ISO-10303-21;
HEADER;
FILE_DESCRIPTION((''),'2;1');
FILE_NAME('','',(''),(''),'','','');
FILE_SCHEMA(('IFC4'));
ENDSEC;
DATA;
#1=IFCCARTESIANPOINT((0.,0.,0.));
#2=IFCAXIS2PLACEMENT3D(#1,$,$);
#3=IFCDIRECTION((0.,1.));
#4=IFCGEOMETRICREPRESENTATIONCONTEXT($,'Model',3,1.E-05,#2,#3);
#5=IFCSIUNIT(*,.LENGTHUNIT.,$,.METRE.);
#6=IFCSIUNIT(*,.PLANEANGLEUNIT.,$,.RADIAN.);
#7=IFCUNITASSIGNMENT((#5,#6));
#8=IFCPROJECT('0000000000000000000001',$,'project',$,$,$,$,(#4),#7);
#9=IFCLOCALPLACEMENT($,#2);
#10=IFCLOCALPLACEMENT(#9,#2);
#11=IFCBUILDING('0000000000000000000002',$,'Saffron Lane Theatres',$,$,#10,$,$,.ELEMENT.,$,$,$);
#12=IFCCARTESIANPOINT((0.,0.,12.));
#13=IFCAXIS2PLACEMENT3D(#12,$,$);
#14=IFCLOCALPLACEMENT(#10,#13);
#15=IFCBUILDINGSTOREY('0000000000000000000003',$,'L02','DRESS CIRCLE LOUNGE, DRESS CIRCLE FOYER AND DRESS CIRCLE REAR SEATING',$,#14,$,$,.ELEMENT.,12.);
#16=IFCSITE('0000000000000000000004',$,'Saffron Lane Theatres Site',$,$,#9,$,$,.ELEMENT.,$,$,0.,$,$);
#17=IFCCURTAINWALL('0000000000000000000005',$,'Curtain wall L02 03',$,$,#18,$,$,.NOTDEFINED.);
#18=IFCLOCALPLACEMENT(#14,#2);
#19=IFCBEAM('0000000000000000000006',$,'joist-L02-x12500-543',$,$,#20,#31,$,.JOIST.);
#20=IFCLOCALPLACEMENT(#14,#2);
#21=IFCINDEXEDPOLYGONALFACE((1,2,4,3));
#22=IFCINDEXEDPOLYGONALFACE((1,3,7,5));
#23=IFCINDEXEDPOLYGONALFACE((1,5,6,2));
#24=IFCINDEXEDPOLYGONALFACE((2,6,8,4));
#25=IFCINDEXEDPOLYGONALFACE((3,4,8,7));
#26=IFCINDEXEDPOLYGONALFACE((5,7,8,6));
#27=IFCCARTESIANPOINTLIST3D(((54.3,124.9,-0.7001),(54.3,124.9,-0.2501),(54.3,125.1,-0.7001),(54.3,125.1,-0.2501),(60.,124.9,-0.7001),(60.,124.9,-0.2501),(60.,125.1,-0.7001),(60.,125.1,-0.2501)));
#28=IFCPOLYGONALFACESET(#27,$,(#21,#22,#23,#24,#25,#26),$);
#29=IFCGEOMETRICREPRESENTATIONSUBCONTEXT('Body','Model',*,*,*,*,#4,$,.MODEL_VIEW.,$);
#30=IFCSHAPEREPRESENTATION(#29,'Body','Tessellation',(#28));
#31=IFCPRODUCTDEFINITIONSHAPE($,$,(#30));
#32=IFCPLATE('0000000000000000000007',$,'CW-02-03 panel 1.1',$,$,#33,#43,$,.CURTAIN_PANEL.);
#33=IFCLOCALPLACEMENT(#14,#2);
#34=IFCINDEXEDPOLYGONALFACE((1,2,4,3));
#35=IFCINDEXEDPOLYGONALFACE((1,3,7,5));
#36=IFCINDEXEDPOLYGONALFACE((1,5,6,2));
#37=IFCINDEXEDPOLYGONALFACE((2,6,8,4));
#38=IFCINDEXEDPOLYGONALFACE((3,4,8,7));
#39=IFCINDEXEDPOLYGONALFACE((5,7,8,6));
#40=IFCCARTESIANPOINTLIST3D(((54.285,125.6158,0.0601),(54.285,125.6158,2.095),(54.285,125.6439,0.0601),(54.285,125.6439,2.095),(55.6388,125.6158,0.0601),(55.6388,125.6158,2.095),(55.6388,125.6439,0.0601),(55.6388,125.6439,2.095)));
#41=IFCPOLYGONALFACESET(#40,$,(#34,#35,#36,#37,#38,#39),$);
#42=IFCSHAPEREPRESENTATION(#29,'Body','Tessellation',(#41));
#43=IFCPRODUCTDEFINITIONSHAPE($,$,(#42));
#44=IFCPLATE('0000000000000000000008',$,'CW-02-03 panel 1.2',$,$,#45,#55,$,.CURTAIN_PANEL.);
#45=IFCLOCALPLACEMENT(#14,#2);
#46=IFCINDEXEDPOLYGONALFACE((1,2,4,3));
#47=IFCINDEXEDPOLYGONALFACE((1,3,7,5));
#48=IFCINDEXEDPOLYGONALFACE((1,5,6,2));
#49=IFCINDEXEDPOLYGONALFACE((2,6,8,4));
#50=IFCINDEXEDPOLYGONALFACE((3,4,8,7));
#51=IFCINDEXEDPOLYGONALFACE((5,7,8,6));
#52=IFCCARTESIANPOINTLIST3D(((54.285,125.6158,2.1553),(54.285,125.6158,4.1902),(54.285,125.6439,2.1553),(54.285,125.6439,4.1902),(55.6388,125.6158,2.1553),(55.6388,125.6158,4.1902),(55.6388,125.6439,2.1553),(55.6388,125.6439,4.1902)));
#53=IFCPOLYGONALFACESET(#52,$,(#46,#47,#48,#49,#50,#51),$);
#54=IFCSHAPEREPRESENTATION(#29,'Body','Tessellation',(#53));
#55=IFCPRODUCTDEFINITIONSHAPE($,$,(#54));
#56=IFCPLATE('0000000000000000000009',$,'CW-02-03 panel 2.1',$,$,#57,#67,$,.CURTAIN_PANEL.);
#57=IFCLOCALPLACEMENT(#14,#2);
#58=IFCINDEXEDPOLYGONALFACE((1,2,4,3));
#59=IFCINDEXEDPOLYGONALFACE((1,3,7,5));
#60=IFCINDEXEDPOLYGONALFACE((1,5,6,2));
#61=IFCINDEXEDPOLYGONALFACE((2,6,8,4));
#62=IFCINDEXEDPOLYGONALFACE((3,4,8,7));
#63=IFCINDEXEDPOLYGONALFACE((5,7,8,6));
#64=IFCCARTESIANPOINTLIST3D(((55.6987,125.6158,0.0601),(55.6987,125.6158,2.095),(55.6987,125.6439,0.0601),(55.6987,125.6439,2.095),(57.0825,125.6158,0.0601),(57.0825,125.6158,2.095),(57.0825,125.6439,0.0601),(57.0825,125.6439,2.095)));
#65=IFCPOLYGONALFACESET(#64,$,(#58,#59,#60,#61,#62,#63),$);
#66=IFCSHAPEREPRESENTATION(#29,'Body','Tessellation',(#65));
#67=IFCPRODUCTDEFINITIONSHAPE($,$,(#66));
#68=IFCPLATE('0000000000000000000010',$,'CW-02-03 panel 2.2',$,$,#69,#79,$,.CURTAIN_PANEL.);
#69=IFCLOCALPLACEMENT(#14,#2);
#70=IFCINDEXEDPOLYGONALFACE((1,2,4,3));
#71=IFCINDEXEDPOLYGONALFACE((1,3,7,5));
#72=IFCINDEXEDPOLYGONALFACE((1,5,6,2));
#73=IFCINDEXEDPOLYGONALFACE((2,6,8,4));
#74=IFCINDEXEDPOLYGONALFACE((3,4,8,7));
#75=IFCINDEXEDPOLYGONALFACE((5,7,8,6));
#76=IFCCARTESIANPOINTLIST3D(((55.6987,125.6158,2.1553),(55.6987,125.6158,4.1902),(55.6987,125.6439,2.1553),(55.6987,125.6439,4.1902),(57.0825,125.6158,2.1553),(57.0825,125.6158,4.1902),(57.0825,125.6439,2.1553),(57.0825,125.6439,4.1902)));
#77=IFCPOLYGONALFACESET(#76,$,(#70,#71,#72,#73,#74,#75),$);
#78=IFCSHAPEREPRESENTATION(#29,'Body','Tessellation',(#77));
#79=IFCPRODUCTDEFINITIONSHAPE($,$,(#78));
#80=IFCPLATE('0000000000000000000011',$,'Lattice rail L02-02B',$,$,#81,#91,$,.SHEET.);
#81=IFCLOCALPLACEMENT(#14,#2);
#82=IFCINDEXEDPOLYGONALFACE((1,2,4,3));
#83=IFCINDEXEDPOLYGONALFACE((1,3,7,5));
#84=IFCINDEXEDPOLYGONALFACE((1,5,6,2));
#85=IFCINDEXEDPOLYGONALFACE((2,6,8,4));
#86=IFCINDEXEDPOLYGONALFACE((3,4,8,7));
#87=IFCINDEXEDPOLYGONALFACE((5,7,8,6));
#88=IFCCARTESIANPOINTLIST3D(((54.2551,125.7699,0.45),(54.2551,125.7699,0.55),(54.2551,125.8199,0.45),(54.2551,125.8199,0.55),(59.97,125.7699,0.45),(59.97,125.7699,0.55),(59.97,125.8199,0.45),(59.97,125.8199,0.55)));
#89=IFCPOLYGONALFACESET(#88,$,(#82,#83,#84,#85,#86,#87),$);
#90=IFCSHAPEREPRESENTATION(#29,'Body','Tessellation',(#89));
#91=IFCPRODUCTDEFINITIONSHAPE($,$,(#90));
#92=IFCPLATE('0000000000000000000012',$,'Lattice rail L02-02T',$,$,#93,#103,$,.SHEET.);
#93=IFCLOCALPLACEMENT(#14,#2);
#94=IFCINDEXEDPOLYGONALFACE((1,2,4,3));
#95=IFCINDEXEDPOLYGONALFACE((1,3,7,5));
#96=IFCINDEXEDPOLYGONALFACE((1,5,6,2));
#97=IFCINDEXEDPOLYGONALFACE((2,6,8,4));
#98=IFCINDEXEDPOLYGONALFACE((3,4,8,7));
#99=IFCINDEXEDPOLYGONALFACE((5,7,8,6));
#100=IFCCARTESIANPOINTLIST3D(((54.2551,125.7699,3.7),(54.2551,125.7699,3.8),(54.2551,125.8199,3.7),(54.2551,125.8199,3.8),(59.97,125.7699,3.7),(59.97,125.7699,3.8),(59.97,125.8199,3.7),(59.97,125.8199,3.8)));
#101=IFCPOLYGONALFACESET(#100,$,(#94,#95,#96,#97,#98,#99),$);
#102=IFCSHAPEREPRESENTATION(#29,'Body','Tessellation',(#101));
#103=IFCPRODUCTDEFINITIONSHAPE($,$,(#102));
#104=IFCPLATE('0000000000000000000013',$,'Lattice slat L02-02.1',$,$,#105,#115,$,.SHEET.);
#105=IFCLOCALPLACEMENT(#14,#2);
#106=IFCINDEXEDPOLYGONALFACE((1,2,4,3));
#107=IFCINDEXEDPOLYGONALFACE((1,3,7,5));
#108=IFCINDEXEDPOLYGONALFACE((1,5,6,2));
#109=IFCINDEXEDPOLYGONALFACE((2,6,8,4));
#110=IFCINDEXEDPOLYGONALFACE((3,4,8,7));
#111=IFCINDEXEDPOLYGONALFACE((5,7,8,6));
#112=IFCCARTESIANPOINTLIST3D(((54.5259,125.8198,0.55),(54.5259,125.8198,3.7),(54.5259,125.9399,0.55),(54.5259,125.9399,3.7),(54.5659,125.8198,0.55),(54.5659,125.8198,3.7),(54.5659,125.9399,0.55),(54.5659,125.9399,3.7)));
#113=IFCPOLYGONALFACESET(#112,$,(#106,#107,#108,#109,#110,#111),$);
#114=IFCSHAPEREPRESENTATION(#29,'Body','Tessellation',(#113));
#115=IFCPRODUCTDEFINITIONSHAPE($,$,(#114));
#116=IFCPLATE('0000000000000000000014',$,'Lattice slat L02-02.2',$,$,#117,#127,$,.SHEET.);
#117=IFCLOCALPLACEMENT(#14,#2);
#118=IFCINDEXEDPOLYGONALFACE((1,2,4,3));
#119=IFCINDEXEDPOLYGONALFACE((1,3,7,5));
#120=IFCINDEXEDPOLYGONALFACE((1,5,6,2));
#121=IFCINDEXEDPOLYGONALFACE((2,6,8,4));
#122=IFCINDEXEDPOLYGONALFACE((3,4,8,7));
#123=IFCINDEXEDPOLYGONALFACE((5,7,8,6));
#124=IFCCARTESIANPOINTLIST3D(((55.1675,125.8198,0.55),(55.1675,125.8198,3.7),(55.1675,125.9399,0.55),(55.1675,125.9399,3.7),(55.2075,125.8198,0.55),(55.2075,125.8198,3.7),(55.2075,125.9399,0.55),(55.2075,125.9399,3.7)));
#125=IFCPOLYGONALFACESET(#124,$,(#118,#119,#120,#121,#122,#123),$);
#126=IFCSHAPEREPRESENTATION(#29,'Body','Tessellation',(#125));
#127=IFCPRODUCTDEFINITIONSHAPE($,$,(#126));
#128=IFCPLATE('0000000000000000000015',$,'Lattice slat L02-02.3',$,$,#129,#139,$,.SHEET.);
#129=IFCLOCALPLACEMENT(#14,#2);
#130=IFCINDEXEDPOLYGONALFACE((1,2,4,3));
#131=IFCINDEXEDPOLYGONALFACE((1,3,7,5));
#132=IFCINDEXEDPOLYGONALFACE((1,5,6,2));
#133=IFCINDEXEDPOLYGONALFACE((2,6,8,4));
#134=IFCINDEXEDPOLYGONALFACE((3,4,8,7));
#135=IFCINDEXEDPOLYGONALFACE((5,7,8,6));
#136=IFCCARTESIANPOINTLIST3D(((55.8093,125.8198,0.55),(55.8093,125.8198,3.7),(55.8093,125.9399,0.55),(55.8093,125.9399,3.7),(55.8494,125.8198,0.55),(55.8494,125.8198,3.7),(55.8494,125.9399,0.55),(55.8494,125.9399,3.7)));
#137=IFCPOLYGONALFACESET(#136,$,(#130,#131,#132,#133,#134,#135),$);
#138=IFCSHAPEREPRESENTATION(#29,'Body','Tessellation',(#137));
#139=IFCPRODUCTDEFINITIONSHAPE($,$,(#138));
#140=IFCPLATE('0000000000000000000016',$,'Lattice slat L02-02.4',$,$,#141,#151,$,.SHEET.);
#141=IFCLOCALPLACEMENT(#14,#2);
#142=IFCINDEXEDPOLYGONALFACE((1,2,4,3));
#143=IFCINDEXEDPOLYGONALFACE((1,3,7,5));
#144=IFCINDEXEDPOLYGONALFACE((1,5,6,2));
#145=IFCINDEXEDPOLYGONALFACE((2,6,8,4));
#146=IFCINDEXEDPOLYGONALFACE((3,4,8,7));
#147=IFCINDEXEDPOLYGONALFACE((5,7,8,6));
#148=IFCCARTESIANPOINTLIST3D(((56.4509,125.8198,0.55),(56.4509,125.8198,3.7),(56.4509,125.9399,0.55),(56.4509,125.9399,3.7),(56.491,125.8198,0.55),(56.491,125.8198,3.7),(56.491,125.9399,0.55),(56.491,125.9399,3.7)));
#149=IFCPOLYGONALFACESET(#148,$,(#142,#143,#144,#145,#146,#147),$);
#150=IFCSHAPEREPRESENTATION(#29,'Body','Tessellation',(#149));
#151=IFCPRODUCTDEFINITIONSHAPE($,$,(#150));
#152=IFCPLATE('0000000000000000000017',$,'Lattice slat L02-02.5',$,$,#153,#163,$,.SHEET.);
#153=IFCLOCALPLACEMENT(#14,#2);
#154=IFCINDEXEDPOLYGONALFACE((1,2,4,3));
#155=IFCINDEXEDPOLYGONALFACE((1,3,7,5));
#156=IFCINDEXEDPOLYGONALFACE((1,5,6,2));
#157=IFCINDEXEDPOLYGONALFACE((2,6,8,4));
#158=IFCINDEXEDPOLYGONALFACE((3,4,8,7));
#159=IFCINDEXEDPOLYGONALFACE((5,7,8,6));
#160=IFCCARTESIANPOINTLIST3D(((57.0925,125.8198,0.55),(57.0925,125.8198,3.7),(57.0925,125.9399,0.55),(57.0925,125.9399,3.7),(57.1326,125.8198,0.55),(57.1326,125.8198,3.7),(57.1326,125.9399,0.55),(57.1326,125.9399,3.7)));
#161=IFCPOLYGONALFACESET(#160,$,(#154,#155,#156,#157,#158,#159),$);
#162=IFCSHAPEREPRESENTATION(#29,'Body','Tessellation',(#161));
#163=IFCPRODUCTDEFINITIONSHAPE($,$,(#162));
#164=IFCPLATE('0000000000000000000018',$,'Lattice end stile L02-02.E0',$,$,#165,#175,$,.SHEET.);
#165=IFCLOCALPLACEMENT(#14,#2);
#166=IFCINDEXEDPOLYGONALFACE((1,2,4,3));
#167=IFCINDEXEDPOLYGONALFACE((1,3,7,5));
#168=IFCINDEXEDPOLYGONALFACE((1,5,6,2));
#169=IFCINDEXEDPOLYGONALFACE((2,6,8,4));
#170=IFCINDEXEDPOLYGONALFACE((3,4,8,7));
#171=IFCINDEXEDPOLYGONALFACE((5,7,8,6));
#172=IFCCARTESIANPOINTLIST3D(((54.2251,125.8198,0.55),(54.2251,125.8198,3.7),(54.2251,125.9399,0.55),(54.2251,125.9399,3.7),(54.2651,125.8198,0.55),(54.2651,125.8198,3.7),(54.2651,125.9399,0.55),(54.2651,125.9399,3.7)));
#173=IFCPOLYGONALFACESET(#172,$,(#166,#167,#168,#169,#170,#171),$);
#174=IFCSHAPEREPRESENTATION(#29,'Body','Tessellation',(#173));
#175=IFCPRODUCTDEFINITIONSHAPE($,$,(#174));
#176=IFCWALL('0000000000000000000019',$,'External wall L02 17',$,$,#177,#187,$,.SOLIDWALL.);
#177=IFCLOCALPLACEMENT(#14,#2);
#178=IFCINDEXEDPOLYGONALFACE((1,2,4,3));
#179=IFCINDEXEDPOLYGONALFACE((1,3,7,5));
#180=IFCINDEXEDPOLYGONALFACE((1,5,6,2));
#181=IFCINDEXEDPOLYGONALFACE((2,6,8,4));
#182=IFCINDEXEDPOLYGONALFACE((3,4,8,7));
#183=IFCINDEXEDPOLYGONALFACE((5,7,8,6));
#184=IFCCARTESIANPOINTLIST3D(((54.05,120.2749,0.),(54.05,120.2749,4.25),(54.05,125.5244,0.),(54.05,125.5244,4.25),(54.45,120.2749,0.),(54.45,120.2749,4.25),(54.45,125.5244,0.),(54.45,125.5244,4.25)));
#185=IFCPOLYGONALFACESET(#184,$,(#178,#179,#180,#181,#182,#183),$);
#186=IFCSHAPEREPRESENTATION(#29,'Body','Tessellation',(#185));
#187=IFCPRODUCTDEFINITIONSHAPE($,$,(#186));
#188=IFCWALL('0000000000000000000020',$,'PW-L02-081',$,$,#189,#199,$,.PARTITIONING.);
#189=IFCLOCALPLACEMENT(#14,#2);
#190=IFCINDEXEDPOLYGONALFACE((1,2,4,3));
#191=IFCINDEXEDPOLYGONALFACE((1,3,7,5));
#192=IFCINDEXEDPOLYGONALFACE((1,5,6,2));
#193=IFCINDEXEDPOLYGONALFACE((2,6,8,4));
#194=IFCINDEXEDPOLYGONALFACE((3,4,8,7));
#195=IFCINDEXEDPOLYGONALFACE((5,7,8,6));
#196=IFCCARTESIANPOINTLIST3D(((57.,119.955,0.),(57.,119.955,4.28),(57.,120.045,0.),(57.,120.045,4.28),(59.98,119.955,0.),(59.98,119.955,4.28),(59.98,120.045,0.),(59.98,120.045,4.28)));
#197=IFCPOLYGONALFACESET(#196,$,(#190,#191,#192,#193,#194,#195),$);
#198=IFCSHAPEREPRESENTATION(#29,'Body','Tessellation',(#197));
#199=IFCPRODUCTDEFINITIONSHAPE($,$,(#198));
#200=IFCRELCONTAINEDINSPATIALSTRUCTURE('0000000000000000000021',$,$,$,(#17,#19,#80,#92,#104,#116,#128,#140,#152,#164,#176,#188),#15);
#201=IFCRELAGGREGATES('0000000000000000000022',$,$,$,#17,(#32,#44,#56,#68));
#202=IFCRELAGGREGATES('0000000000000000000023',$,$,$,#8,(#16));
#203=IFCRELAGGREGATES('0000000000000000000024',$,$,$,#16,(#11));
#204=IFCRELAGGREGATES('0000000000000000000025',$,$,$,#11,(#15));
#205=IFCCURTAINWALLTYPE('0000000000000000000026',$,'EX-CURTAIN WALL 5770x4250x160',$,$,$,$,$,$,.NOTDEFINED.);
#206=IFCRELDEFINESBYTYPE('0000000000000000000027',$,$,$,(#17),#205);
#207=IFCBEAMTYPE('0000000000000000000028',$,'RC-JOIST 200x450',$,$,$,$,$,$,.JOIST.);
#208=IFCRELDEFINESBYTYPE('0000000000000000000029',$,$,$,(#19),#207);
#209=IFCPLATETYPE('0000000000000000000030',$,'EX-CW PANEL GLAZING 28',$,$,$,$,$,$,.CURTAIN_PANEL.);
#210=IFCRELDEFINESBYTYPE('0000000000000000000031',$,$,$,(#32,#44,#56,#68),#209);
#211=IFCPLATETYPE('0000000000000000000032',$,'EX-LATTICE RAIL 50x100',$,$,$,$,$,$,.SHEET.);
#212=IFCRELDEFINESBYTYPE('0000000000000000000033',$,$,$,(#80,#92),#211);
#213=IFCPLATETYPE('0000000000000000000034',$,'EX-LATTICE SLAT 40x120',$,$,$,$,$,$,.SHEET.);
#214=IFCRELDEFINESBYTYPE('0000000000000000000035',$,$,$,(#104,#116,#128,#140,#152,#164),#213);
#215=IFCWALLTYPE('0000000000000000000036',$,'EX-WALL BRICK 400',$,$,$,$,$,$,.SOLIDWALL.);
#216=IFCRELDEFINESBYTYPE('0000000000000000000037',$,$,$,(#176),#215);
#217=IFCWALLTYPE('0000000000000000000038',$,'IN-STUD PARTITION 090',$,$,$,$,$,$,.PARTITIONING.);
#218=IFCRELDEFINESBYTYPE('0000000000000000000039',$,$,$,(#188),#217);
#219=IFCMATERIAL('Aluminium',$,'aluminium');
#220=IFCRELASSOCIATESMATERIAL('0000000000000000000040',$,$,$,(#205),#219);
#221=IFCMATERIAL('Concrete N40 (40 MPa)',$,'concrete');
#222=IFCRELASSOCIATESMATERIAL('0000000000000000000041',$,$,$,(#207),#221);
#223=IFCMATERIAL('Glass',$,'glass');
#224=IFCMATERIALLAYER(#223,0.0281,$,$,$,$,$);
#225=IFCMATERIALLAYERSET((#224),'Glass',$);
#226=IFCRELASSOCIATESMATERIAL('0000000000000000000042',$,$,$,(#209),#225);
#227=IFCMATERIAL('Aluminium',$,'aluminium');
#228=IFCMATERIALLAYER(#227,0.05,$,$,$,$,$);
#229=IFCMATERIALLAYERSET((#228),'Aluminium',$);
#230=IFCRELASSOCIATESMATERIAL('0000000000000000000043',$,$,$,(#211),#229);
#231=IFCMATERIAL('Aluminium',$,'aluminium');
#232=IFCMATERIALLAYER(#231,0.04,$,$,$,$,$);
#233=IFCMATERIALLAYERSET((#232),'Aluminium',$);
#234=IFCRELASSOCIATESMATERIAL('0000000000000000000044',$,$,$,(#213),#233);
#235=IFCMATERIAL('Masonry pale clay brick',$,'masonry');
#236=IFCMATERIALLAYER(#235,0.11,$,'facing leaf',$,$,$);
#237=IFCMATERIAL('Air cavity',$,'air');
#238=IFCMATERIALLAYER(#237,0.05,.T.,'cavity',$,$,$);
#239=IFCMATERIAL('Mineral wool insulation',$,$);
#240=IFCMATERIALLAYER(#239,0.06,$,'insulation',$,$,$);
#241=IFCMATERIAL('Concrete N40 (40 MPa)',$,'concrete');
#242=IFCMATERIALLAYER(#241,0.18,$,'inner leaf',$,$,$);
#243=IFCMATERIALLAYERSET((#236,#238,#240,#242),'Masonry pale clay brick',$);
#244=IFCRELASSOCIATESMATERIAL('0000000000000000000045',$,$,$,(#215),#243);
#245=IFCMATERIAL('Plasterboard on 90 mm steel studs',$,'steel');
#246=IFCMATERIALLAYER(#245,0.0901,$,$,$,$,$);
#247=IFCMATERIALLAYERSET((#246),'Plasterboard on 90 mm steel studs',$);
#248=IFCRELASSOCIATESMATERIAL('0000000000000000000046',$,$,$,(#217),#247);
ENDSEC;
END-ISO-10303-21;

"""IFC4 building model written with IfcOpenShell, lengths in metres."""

from ifc_helpers import new_model, si_unit, direction, frame, frame_2d, origin, origin_2d, place, context, subcontext, project, spatial, rectangle, extrude, material, layer, layer_set, material_profile, profile_set, type_object, element, aggregate, save


model = new_model("IFC4")

# Units and contexts
model_context = context("Model", 3, precision=1e-05, world=origin(), true_north=direction((0.0, 1.0)))
body_context = subcontext(model_context, "Body", "Model", "MODEL_VIEW")
ifc_project = project(units=[si_unit("LENGTHUNIT", "METRE"), si_unit("PLANEANGLEUNIT", "RADIAN")], contexts=[model_context])

# Site, building, storey
site_placement = place(None, origin())
site = spatial("IfcSite", under=ifc_project, at=site_placement, Name="Saffron Lane Theatres Site", CompositionType="ELEMENT", RefElevation=0.0)
building_placement = place(site_placement, origin())
building = spatial("IfcBuilding", under=site, at=building_placement, Name="Saffron Lane Theatres", CompositionType="ELEMENT")
storey_placement = place(building_placement, frame((0.0, 0.0, 12.0)))
storey = spatial("IfcBuildingStorey", under=building, at=storey_placement, Name="L02", Description="DRESS CIRCLE LOUNGE, DRESS CIRCLE FOYER AND DRESS CIRCLE REAR SEATING", CompositionType="ELEMENT", Elevation=12.0)

# Curtain wall
ifc_material_1 = material(Name="Aluminium", Category="aluminium")
curtain_wall_type = type_object("IfcCurtainWallType", Name="EX-CURTAIN WALL 5770x4250x160", PredefinedType="NOTDEFINED", material=ifc_material_1)
curtain_wall_placement = place(storey_placement, origin())
curtain_wall = element("IfcCurtainWall", 1, at=curtain_wall_placement, inside=storey, type_object=curtain_wall_type, Name="Curtain wall L02 03", PredefinedType="NOTDEFINED")

# Beam
ifc_material_2 = material(Name="Concrete N40 (40 MPa)", Category="concrete")
ifc_material_profile_1 = material_profile(ifc_material_2, rectangle(XDim=0.2, YDim=0.45, at=origin_2d()))
ifc_profile_set_1 = profile_set([ifc_material_profile_1], Name="Concrete N40 (40 MPa)")
beam_type_1 = type_object("IfcBeamType", Name="RC-JOIST 200x450", PredefinedType="JOIST", material=ifc_profile_set_1)
for number, where, z_axis, x_axis, name in (
    (2, (54.3, 125.0, -0.4751), (1.0, 0.0, 0.0), (0.0, 1.0, 0.0), "joist-L02-x12500-543"),
):
    element("IfcBeam", number, at=place(storey_placement, frame(where, z_axis=z_axis, x_axis=x_axis)), inside=storey, type_object=beam_type_1, Name=name, PredefinedType="JOIST", context=body_context, shape_type="SweptSolid", body=[
        extrude(rectangle(XDim=0.2, YDim=0.45, at=origin_2d()), origin(), (0.0, 0.0, 1.0), 5.7),
    ])

# Plates
ifc_material_3 = material(Name="Glass", Category="glass")
ifc_layer_1 = layer(ifc_material_3, 0.0281)
ifc_layer_set_1 = layer_set([ifc_layer_1], Name="Glass")
plate_type_1 = type_object("IfcPlateType", Name="EX-CW PANEL GLAZING 28", PredefinedType="CURTAIN_PANEL", material=ifc_layer_set_1)
plate_1_placement = place(storey_placement, frame((54.9619, 125.6299, 0.0601), z_axis=(0.0, 0.0, 1.0), x_axis=(1.0, 0.0, 0.0)))
plate_1 = element("IfcPlate", 3, at=plate_1_placement, type_object=plate_type_1, Name="CW-02-03 panel 1.1", PredefinedType="CURTAIN_PANEL", context=body_context, shape_type="SweptSolid", body=[
    extrude(rectangle(XDim=1.3538, YDim=0.0281, at=origin_2d()), origin(), (0.0, 0.0, 1.0), 2.0349),
])
plate_2_placement = place(storey_placement, frame((54.9619, 125.6299, 2.1553), z_axis=(0.0, 0.0, 1.0), x_axis=(1.0, 0.0, 0.0)))
plate_2 = element("IfcPlate", 4, at=plate_2_placement, type_object=plate_type_1, Name="CW-02-03 panel 1.2", PredefinedType="CURTAIN_PANEL", context=body_context, shape_type="SweptSolid", body=[
    extrude(rectangle(XDim=1.3538, YDim=0.0281, at=origin_2d()), origin(), (0.0, 0.0, 1.0), 2.0349),
])
plate_3_placement = place(storey_placement, frame((56.3906, 125.6299, 0.0601), z_axis=(0.0, 0.0, 1.0), x_axis=(1.0, 0.0, 0.0)))
plate_3 = element("IfcPlate", 5, at=plate_3_placement, type_object=plate_type_1, Name="CW-02-03 panel 2.1", PredefinedType="CURTAIN_PANEL", context=body_context, shape_type="SweptSolid", body=[
    extrude(rectangle(XDim=1.3838, YDim=0.0281, at=origin_2d()), origin(), (0.0, 0.0, 1.0), 2.0349),
])
plate_4_placement = place(storey_placement, frame((56.3906, 125.6299, 2.1553), z_axis=(0.0, 0.0, 1.0), x_axis=(1.0, 0.0, 0.0)))
plate_4 = element("IfcPlate", 6, at=plate_4_placement, type_object=plate_type_1, Name="CW-02-03 panel 2.2", PredefinedType="CURTAIN_PANEL", context=body_context, shape_type="SweptSolid", body=[
    extrude(rectangle(XDim=1.3838, YDim=0.0281, at=origin_2d()), origin(), (0.0, 0.0, 1.0), 2.0349),
])
aggregate(curtain_wall, [plate_1, plate_2, plate_3, plate_4])

# Plates
ifc_material_4 = material(Name="Aluminium", Category="aluminium")
ifc_layer_2 = layer(ifc_material_4, 0.05)
ifc_layer_set_2 = layer_set([ifc_layer_2], Name="Aluminium")
plate_type_2 = type_object("IfcPlateType", Name="EX-LATTICE RAIL 50x100", PredefinedType="SHEET", material=ifc_layer_set_2)
for number, where, z_axis, x_axis, name in (
    (7, (57.1125, 125.7949, 0.45), (0.0, 0.0, 1.0), (1.0, 0.0, 0.0), "Lattice rail L02-02B"),
    (8, (57.1125, 125.7949, 3.7), (0.0, 0.0, 1.0), (1.0, 0.0, 0.0), "Lattice rail L02-02T"),
):
    element("IfcPlate", number, at=place(storey_placement, frame(where, z_axis=z_axis, x_axis=x_axis)), inside=storey, type_object=plate_type_2, Name=name, PredefinedType="SHEET", context=body_context, shape_type="SweptSolid", body=[
        extrude(rectangle(XDim=5.7148, YDim=0.05, at=origin_2d()), origin(), (0.0, 0.0, 1.0), 0.1001),
    ])
ifc_material_5 = material(Name="Aluminium", Category="aluminium")
ifc_layer_3 = layer(ifc_material_5, 0.04)
ifc_layer_set_3 = layer_set([ifc_layer_3], Name="Aluminium")
plate_type_3 = type_object("IfcPlateType", Name="EX-LATTICE SLAT 40x120", PredefinedType="SHEET", material=ifc_layer_set_3)
for number, where, z_axis, x_axis, name in (
    (9, (54.5459, 125.8799, 0.55), (0.0, 0.0, 1.0), (1.0, 0.0, 0.0), "Lattice slat L02-02.1"),
    (10, (55.1875, 125.8799, 0.55), (0.0, 0.0, 1.0), (1.0, 0.0, 0.0), "Lattice slat L02-02.2"),
    (11, (55.8293, 125.8799, 0.55), (0.0, 0.0, 1.0), (1.0, 0.0, 0.0), "Lattice slat L02-02.3"),
    (12, (56.4709, 125.8799, 0.55), (0.0, 0.0, 1.0), (1.0, 0.0, 0.0), "Lattice slat L02-02.4"),
    (13, (57.1125, 125.8799, 0.55), (0.0, 0.0, 1.0), (1.0, 0.0, 0.0), "Lattice slat L02-02.5"),
    (14, (54.2451, 125.8799, 0.55), (0.0, 0.0, 1.0), (1.0, 0.0, 0.0), "Lattice end stile L02-02.E0"),
):
    element("IfcPlate", number, at=place(storey_placement, frame(where, z_axis=z_axis, x_axis=x_axis)), inside=storey, type_object=plate_type_3, Name=name, PredefinedType="SHEET", context=body_context, shape_type="SweptSolid", body=[
        extrude(rectangle(XDim=0.04, YDim=0.1201, at=origin_2d()), origin(), (0.0, 0.0, 1.0), 3.1499),
    ])

# Walls
ifc_material_6 = material(Name="Masonry pale clay brick", Category="masonry")
ifc_layer_4 = layer(ifc_material_6, 0.11, Name="facing leaf")
ifc_material_7 = material(Name="Air cavity", Category="air")
ifc_layer_5 = layer(ifc_material_7, 0.05, ventilated=True, Name="cavity")
ifc_material_8 = material(Name="Mineral wool insulation")
ifc_layer_6 = layer(ifc_material_8, 0.06, Name="insulation")
ifc_material_9 = material(Name="Concrete N40 (40 MPa)", Category="concrete")
ifc_layer_7 = layer(ifc_material_9, 0.18, Name="inner leaf")
ifc_layer_set_4 = layer_set([ifc_layer_4, ifc_layer_5, ifc_layer_6, ifc_layer_7], Name="Masonry pale clay brick")
wall_type_1 = type_object("IfcWallType", Name="EX-WALL BRICK 400", PredefinedType="SOLIDWALL", material=ifc_layer_set_4)
wall_1_placement = place(storey_placement, frame((54.25, 120.2749, 0.0), z_axis=(0.0, 0.0, 1.0), x_axis=(0.0, 1.0, 0.0)))
element("IfcWall", 15, at=wall_1_placement, inside=storey, type_object=wall_type_1, Name="External wall L02 17", PredefinedType="SOLIDWALL", context=body_context, shape_type="SweptSolid", body=[
    extrude(rectangle(XDim=5.2495, YDim=0.3999, at=frame_2d((2.6248, 0.0))), origin(), (0.0, 0.0, 1.0), 4.25),
])
ifc_material_10 = material(Name="Plasterboard on 90 mm steel studs", Category="steel")
ifc_layer_8 = layer(ifc_material_10, 0.0901)
ifc_layer_set_5 = layer_set([ifc_layer_8], Name="Plasterboard on 90 mm steel studs")
wall_type_2 = type_object("IfcWallType", Name="IN-STUD PARTITION 090", PredefinedType="PARTITIONING", material=ifc_layer_set_5)
wall_2_placement = place(storey_placement, frame((57.0, 120.0, 0.0), z_axis=(0.0, 0.0, 1.0), x_axis=(1.0, 0.0, 0.0)))
element("IfcWall", 16, at=wall_2_placement, inside=storey, type_object=wall_type_2, Name="PW-L02-081", PredefinedType="PARTITIONING", context=body_context, shape_type="SweptSolid", body=[
    extrude(rectangle(XDim=2.98, YDim=0.0901, at=frame_2d((1.49, 0.0))), origin(), (0.0, 0.0, 1.0), 4.28),
])

save(model, "model.ifc")
